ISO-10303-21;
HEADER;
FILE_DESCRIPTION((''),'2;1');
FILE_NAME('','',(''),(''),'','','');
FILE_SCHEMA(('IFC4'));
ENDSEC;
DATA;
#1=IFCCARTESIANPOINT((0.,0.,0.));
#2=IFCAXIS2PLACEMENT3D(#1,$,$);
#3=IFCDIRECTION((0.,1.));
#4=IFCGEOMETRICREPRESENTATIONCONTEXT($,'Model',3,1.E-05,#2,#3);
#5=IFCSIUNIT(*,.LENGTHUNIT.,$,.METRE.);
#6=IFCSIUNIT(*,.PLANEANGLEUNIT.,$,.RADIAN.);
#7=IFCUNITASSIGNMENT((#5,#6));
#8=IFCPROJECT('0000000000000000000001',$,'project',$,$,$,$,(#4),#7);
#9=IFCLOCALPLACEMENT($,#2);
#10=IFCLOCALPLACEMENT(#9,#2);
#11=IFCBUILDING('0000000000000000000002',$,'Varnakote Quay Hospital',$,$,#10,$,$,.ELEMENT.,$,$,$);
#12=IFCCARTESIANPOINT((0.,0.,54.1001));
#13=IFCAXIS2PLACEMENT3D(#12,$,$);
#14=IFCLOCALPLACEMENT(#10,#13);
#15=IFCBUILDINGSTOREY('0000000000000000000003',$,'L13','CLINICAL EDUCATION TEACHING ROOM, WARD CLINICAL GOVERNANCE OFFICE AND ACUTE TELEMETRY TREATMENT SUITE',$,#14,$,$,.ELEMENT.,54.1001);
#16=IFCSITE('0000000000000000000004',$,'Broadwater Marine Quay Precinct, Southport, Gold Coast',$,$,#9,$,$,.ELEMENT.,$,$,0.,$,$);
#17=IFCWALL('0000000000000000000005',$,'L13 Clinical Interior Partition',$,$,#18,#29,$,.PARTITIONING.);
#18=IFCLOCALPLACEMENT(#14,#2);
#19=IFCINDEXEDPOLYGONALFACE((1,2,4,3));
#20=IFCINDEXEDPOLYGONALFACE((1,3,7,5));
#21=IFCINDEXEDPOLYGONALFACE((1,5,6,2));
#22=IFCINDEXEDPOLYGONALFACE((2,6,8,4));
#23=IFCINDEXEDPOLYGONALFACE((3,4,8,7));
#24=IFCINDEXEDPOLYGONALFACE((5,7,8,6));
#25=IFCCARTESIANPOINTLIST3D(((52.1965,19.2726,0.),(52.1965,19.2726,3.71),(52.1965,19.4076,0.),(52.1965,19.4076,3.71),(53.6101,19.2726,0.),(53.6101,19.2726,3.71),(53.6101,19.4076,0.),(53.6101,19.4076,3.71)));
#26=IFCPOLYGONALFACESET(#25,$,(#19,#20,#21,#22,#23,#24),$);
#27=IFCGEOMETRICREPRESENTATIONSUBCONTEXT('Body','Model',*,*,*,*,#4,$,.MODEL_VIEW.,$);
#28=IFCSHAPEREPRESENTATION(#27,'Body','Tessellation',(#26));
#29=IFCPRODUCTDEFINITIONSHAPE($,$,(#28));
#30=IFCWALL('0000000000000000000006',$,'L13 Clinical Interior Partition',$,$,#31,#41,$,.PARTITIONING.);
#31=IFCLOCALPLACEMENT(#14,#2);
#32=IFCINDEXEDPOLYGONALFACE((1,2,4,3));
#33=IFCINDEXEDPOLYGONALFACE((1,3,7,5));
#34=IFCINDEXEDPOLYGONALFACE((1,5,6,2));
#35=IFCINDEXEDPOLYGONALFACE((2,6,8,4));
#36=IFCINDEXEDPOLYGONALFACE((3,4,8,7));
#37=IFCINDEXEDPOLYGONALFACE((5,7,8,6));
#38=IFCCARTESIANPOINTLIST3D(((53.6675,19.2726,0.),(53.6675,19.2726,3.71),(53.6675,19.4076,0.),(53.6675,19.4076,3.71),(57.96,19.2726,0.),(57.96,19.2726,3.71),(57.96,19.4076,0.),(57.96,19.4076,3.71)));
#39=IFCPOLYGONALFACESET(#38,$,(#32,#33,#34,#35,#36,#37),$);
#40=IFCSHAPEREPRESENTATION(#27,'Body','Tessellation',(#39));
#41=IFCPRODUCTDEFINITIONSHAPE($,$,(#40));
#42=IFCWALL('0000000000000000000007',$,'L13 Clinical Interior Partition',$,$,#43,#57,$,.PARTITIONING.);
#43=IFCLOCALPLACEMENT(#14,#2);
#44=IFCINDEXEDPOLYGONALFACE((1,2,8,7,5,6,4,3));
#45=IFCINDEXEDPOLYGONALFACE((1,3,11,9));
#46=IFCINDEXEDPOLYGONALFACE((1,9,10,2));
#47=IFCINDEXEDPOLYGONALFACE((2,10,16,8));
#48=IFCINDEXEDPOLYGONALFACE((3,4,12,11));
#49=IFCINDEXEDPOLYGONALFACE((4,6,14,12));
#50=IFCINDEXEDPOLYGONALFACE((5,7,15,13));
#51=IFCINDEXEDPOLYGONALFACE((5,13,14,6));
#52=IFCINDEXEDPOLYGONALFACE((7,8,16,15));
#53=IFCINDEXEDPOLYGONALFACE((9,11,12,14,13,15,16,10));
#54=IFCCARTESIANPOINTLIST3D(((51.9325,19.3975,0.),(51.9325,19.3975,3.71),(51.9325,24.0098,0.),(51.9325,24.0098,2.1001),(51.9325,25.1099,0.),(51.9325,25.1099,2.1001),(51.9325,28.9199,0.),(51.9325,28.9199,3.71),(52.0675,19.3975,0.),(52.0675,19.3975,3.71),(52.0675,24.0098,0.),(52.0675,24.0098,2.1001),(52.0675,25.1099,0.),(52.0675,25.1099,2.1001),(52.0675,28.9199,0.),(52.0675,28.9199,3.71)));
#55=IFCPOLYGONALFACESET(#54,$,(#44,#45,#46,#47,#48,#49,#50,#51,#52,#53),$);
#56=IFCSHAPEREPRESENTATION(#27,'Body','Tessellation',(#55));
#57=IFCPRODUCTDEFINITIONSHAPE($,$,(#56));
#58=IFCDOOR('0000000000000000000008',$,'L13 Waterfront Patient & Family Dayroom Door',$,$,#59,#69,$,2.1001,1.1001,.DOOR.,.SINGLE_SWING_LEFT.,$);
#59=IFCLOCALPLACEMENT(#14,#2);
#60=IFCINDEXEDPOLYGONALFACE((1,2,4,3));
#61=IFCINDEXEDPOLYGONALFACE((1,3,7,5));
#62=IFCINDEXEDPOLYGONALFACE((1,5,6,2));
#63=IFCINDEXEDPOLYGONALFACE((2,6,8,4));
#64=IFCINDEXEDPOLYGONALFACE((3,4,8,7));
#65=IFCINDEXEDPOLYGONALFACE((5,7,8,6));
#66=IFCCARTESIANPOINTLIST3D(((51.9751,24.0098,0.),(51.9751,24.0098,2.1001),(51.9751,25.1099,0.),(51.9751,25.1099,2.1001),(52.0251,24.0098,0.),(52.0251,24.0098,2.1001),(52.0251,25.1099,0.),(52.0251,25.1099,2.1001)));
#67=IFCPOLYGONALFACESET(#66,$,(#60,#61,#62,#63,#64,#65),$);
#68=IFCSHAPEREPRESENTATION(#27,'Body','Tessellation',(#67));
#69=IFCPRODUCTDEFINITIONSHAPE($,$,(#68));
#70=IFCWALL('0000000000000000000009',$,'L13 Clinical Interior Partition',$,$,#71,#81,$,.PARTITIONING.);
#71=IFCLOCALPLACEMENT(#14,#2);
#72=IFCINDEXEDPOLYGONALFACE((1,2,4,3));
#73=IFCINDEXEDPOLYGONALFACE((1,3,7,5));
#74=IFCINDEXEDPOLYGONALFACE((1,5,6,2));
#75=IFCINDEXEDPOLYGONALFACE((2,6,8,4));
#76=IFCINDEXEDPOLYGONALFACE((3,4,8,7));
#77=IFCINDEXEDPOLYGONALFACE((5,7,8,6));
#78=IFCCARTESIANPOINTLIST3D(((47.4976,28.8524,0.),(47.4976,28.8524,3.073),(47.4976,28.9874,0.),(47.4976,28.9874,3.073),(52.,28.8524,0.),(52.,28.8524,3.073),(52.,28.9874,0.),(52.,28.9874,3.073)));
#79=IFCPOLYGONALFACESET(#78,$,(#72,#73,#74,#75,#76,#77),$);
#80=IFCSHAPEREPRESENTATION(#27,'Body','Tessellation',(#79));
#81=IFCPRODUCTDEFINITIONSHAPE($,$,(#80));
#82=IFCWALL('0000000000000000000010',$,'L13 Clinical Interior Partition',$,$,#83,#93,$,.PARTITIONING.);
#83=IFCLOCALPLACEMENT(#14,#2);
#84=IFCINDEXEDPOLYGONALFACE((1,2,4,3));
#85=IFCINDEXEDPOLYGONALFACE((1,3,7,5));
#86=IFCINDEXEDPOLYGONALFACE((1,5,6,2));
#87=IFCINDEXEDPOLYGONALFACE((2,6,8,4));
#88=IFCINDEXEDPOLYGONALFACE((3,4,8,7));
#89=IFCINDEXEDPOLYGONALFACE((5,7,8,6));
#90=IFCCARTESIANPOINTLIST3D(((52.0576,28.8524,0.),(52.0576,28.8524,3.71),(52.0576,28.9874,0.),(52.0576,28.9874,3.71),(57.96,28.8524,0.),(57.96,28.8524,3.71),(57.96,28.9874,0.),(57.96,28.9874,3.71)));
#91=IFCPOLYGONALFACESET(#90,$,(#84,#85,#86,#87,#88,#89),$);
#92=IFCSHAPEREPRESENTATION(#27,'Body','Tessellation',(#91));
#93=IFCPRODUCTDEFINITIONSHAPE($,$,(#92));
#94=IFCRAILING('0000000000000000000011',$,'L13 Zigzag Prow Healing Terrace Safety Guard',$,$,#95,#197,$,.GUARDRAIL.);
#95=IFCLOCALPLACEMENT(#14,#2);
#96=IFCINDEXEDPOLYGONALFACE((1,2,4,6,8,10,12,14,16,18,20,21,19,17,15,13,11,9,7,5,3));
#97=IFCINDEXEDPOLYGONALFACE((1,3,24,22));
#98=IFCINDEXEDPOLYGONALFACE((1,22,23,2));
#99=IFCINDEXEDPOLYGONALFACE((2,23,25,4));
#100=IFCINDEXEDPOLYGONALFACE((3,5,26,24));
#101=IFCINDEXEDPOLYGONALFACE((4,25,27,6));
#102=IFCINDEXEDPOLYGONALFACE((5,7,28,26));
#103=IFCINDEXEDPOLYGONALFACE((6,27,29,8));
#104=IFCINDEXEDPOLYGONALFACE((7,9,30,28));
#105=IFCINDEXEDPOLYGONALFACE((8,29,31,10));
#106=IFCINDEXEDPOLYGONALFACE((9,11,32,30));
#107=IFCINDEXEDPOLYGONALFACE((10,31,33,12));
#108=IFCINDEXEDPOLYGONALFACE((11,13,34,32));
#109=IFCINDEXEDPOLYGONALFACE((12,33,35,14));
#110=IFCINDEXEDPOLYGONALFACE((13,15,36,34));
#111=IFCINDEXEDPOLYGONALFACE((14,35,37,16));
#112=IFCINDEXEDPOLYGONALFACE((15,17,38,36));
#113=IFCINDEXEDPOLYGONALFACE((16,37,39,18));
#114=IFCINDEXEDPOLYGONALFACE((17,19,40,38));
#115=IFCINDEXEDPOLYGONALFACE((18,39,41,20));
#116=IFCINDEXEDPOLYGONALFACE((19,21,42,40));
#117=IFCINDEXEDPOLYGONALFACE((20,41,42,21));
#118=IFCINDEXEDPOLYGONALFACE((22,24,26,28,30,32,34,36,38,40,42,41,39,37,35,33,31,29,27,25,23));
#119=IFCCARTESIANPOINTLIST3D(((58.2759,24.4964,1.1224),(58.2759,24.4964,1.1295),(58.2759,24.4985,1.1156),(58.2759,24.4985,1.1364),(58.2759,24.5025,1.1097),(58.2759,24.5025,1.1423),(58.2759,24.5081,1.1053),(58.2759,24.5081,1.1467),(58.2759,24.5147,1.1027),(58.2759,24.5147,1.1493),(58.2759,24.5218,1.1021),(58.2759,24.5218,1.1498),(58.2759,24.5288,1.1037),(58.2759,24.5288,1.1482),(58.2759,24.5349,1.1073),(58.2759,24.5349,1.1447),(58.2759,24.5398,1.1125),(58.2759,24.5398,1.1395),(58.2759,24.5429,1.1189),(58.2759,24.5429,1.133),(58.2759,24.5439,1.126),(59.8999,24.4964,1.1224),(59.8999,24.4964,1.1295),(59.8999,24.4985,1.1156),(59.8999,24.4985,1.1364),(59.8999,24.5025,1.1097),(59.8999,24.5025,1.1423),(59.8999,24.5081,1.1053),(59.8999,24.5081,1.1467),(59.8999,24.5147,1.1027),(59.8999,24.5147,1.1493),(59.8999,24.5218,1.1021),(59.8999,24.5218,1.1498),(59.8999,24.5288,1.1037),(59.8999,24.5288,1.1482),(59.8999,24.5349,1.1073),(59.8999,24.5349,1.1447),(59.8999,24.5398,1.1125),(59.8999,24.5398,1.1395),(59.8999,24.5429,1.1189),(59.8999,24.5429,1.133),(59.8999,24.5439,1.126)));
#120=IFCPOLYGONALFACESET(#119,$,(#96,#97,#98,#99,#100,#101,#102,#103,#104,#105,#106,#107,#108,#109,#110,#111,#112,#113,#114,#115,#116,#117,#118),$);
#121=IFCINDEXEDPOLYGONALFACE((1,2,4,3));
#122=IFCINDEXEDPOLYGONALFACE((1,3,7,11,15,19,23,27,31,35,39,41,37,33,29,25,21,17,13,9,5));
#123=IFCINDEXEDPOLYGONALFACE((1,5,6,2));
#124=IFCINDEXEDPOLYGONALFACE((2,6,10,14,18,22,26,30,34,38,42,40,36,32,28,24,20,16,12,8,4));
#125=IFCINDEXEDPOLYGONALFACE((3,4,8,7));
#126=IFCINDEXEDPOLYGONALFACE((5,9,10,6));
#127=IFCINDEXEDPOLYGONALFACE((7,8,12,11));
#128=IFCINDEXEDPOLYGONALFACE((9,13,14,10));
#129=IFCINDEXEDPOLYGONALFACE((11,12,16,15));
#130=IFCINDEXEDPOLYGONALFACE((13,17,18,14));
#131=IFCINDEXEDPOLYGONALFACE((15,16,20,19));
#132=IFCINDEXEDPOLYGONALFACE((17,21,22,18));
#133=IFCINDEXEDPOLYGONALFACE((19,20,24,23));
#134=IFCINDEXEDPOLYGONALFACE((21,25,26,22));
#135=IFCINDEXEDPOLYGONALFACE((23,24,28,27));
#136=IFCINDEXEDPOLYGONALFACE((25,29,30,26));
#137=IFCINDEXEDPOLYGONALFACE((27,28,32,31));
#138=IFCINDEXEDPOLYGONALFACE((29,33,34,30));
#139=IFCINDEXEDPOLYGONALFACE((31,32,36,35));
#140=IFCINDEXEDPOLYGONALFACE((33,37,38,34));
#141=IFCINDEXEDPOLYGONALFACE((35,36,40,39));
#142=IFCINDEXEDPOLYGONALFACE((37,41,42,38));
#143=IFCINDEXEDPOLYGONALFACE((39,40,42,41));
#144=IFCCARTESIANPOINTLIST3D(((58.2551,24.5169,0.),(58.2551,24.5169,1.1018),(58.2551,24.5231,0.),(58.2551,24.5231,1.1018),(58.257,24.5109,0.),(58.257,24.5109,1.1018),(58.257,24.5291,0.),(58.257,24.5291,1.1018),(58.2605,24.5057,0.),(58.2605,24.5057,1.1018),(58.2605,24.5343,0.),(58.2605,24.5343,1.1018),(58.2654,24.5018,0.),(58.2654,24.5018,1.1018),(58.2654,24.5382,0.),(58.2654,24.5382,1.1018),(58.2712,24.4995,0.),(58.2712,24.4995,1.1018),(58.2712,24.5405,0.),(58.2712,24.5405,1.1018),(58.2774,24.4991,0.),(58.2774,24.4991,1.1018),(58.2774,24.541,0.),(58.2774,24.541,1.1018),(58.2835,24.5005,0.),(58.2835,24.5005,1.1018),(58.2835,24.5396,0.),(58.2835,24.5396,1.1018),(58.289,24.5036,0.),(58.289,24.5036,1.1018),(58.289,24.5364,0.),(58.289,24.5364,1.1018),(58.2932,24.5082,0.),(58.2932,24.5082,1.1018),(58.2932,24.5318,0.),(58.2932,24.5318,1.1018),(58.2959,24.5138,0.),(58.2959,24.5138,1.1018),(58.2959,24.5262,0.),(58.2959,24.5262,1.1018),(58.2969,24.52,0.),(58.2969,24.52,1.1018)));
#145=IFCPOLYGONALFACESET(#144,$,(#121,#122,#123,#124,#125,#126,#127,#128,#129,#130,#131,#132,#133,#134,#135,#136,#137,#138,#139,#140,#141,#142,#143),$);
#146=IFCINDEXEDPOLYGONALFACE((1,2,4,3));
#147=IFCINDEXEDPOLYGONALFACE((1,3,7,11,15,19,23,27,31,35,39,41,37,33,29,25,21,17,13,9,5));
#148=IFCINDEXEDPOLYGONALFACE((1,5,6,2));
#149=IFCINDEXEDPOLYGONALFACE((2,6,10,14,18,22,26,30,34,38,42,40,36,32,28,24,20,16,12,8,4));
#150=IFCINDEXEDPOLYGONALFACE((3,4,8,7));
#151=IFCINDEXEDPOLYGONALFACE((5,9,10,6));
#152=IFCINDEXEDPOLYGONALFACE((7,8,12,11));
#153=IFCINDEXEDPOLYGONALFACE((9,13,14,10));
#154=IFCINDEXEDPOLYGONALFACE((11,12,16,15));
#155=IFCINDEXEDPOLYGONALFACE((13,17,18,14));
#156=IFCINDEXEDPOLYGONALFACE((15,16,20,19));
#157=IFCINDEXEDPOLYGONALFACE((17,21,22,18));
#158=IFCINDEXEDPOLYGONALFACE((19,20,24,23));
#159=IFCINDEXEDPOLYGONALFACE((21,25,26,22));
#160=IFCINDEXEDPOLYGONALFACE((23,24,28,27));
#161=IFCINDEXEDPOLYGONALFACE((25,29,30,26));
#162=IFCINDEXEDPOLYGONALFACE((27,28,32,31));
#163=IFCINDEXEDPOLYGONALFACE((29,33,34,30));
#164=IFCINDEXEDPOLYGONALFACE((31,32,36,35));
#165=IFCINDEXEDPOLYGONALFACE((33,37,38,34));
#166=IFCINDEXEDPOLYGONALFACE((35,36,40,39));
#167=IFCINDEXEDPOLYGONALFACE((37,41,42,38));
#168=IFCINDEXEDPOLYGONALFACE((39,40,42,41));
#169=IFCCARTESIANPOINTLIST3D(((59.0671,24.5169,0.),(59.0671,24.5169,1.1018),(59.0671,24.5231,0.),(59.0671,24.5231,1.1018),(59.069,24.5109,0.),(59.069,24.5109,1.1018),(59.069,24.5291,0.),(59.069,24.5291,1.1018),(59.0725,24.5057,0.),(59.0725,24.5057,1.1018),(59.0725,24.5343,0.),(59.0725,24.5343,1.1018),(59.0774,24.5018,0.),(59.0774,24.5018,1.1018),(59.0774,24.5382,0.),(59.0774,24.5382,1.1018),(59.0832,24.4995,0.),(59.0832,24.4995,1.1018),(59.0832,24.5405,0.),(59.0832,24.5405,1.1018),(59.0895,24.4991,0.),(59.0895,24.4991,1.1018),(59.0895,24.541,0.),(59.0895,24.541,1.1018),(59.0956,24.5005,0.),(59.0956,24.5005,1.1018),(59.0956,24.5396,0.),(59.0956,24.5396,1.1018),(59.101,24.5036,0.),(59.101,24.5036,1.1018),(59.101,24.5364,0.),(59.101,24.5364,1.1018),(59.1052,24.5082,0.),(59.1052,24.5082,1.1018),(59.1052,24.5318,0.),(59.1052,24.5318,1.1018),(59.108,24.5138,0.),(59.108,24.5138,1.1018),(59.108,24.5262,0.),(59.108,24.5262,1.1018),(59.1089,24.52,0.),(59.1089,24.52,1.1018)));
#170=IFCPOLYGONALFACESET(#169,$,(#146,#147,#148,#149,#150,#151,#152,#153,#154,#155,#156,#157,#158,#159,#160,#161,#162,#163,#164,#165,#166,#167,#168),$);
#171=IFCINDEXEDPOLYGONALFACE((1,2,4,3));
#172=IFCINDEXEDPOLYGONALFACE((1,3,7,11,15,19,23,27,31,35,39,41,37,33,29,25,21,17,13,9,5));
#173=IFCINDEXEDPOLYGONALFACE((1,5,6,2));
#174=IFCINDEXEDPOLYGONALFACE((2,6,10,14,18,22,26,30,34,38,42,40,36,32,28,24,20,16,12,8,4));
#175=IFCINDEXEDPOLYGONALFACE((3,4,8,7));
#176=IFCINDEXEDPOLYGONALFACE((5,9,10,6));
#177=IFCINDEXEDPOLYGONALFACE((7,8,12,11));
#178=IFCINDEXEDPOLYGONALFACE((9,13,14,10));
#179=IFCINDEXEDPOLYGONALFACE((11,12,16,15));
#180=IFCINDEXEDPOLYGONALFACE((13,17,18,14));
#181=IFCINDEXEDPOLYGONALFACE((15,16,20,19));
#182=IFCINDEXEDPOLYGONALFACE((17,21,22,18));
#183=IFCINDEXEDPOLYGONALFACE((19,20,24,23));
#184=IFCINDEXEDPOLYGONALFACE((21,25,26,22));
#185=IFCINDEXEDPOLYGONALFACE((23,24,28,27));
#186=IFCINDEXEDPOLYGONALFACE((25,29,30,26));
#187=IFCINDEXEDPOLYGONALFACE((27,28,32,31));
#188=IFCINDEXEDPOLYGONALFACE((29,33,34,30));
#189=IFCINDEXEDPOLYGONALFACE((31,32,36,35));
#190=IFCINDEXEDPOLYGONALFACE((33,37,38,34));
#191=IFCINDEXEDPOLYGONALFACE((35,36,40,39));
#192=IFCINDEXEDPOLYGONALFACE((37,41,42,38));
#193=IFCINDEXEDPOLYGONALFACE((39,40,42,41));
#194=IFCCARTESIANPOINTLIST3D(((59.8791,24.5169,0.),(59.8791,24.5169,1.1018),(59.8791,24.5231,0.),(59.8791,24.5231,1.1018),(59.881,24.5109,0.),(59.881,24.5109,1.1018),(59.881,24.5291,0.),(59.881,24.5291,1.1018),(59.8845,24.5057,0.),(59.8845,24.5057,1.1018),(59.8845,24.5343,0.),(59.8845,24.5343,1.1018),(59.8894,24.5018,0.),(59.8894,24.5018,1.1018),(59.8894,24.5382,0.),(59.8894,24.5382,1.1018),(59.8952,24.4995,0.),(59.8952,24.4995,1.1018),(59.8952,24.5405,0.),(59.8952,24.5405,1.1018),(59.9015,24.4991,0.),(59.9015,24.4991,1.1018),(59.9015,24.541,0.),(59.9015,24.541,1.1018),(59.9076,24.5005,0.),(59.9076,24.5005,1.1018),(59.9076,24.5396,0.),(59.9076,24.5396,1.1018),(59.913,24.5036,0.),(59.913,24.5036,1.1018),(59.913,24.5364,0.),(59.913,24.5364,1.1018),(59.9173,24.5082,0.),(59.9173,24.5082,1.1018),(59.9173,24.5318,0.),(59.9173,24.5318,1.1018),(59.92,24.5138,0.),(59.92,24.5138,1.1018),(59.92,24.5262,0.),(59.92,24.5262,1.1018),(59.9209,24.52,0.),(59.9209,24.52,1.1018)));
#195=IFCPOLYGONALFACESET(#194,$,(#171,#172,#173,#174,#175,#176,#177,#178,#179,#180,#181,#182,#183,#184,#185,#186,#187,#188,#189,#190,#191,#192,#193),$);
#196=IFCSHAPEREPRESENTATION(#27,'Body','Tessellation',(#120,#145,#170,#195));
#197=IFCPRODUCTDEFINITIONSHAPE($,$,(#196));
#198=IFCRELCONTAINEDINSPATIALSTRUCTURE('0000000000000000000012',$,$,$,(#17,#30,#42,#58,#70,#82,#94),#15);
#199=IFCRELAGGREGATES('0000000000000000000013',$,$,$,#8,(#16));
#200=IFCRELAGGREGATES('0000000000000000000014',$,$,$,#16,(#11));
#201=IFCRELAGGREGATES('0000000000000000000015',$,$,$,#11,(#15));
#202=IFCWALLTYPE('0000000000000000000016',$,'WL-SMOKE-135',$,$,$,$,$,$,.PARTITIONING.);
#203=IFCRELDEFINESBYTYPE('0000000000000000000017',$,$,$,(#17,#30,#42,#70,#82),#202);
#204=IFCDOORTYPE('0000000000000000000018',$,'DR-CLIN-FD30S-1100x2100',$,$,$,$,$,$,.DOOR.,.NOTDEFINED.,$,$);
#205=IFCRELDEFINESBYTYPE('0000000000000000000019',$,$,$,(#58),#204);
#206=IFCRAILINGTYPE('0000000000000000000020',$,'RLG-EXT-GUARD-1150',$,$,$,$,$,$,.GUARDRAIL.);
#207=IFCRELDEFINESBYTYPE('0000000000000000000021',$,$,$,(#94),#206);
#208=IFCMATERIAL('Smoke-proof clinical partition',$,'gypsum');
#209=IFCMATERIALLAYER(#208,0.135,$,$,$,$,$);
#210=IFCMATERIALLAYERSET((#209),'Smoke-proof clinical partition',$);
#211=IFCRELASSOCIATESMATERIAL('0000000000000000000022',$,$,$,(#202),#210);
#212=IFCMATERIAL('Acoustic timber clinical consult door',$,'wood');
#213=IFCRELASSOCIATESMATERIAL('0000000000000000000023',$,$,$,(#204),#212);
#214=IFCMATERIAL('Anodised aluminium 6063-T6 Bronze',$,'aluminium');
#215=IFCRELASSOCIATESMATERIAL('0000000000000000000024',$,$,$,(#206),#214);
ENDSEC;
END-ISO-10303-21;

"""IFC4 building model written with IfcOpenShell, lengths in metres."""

from ifc_helpers import new_model, si_unit, direction, frame, frame_2d, origin, origin_2d, place, context, subcontext, project, spatial, rectangle, circle, extrude, material, layer, layer_set, type_object, element, fill, save


model = new_model("IFC4")

# Units and contexts
model_context = context("Model", 3, precision=1e-05, world=origin(), true_north=direction((0.0, 1.0)))
body_context = subcontext(model_context, "Body", "Model", "MODEL_VIEW")
ifc_project = project(units=[si_unit("LENGTHUNIT", "METRE"), si_unit("PLANEANGLEUNIT", "RADIAN")], contexts=[model_context])

# Site, building, storey
site_placement = place(None, origin())
site = spatial("IfcSite", under=ifc_project, at=site_placement, Name="Broadwater Marine Quay Precinct, Southport, Gold Coast", CompositionType="ELEMENT", RefElevation=0.0)
building_placement = place(site_placement, origin())
building = spatial("IfcBuilding", under=site, at=building_placement, Name="Varnakote Quay Hospital", CompositionType="ELEMENT")
storey_placement = place(building_placement, frame((0.0, 0.0, 54.1001)))
storey = spatial("IfcBuildingStorey", under=building, at=storey_placement, Name="L13", Description="CLINICAL EDUCATION TEACHING ROOM, WARD CLINICAL GOVERNANCE OFFICE AND ACUTE TELEMETRY TREATMENT SUITE", CompositionType="ELEMENT", Elevation=54.1001)

# Walls
ifc_material_1 = material(Name="Smoke-proof clinical partition", Category="gypsum")
ifc_layer_1 = layer(ifc_material_1, 0.135)
ifc_layer_set_1 = layer_set([ifc_layer_1], Name="Smoke-proof clinical partition")
wall_type_1 = type_object("IfcWallType", Name="WL-SMOKE-135", PredefinedType="PARTITIONING", material=ifc_layer_set_1)
wall_1_placement = place(storey_placement, frame((53.6101, 19.3401, 0.0), z_axis=(0.0, 0.0, 1.0), x_axis=(-1.0, 0.0, 0.0)))
element("IfcWall", 1, at=wall_1_placement, inside=storey, type_object=wall_type_1, Name="L13 Clinical Interior Partition", PredefinedType="PARTITIONING", context=body_context, shape_type="SweptSolid", body=[
    extrude(rectangle(XDim=1.4136, YDim=0.135, at=frame_2d((0.7068, 0.0))), origin(), (0.0, 0.0, 1.0), 3.71),
])
wall_2_placement = place(storey_placement, frame((57.96, 19.3401, 0.0), z_axis=(0.0, 0.0, 1.0), x_axis=(-1.0, 0.0, 0.0)))
element("IfcWall", 2, at=wall_2_placement, inside=storey, type_object=wall_type_1, Name="L13 Clinical Interior Partition", PredefinedType="PARTITIONING", context=body_context, shape_type="SweptSolid", body=[
    extrude(rectangle(XDim=4.2925, YDim=0.135, at=frame_2d((2.1462, 0.0))), origin(), (0.0, 0.0, 1.0), 3.71),
])

# Wall, opening, door
wall_3_placement = place(storey_placement, frame((52.0, 19.3975, 0.0), z_axis=(0.0, 0.0, 1.0), x_axis=(0.0, 1.0, 0.0)))
wall_3 = element("IfcWall", 3, at=wall_3_placement, inside=storey, type_object=wall_type_1, Name="L13 Clinical Interior Partition", PredefinedType="PARTITIONING", context=body_context, shape_type="SweptSolid", body=[
    extrude(rectangle(XDim=9.5225, YDim=0.135, at=frame_2d((4.7612, 0.0))), origin(), (0.0, 0.0, 1.0), 3.71),
])
opening_placement = place(wall_3_placement, frame((4.6123, 0.0, 0.0)))
opening = element("IfcOpeningElement", 4, at=opening_placement, cuts=wall_3, PredefinedType="OPENING", context=body_context, shape_type="SweptSolid", body=[
    extrude(rectangle(XDim=1.1001, YDim=2.1001, at=frame_2d((0.55, 1.05))), frame((0.0, 0.0774, 0.0), z_axis=(0.0, -1.0, 0.0), x_axis=(1.0, 0.0, 0.0)), (0.0, 0.0, 1.0), 0.155),
])
ifc_material_2 = material(Name="Acoustic timber clinical consult door", Category="wood")
door_type = type_object("IfcDoorType", Name="DR-CLIN-FD30S-1100x2100", OperationType="NOTDEFINED", PredefinedType="DOOR", material=ifc_material_2)
door_placement = place(opening_placement, origin())
door = element("IfcDoor", 5, at=door_placement, inside=storey, type_object=door_type, Name="L13 Waterfront Patient & Family Dayroom Door", OperationType="SINGLE_SWING_LEFT", OverallHeight=2.1001, OverallWidth=1.1001, PredefinedType="DOOR", context=body_context, shape_type="SweptSolid", body=[
    extrude(rectangle(XDim=1.1001, YDim=2.1001, at=frame_2d((0.55, 1.05))), frame((0.0, 0.0249, 0.0), z_axis=(0.0, -1.0, 0.0), x_axis=(1.0, 0.0, 0.0)), (0.0, 0.0, 1.0), 0.05),
])
fill(opening, door)

# Walls
wall_4_placement = place(storey_placement, frame((52.0, 28.9199, 0.0), z_axis=(0.0, 0.0, 1.0), x_axis=(-1.0, 0.0, 0.0)))
element("IfcWall", 6, at=wall_4_placement, inside=storey, type_object=wall_type_1, Name="L13 Clinical Interior Partition", PredefinedType="PARTITIONING", context=body_context, shape_type="SweptSolid", body=[
    extrude(rectangle(XDim=4.5024, YDim=0.135, at=frame_2d((2.2512, 0.0))), origin(), (0.0, 0.0, 1.0), 3.073),
])
wall_5_placement = place(storey_placement, frame((57.96, 28.9199, 0.0), z_axis=(0.0, 0.0, 1.0), x_axis=(-1.0, 0.0, 0.0)))
element("IfcWall", 7, at=wall_5_placement, inside=storey, type_object=wall_type_1, Name="L13 Clinical Interior Partition", PredefinedType="PARTITIONING", context=body_context, shape_type="SweptSolid", body=[
    extrude(rectangle(XDim=5.9023, YDim=0.135, at=frame_2d((2.9512, 0.0))), origin(), (0.0, 0.0, 1.0), 3.71),
])

# Railing
ifc_material_3 = material(Name="Anodised aluminium 6063-T6 Bronze", Category="aluminium")
railing_type = type_object("IfcRailingType", Name="RLG-EXT-GUARD-1150", PredefinedType="GUARDRAIL", material=ifc_material_3)
railing_1_placement = place(storey_placement, frame((58.2759, 24.52, 0.0)))
element("IfcRailing", 8, at=railing_1_placement, inside=storey, type_object=railing_type, Name="L13 Zigzag Prow Healing Terrace Safety Guard", PredefinedType="GUARDRAIL", context=body_context, shape_type="SweptSolid", body=[
    extrude(circle(Radius=0.0239, at=origin_2d()), frame((0.0, 0.0, 1.126), z_axis=(1.0, 0.0, 0.0), x_axis=(0.0, 1.0, 0.0)), (0.0, 0.0, 1.0), 1.624),
    extrude(circle(Radius=0.021, at=origin_2d()), origin(), (0.0, 0.0, 1.0), 1.1018),
    extrude(circle(Radius=0.021, at=origin_2d()), frame((0.812, 0.0, 0.0)), (0.0, 0.0, 1.0), 1.1018),
    extrude(circle(Radius=0.021, at=origin_2d()), frame((1.624, 0.0, 0.0)), (0.0, 0.0, 1.0), 1.1018),
])

save(model, "model.ifc")
